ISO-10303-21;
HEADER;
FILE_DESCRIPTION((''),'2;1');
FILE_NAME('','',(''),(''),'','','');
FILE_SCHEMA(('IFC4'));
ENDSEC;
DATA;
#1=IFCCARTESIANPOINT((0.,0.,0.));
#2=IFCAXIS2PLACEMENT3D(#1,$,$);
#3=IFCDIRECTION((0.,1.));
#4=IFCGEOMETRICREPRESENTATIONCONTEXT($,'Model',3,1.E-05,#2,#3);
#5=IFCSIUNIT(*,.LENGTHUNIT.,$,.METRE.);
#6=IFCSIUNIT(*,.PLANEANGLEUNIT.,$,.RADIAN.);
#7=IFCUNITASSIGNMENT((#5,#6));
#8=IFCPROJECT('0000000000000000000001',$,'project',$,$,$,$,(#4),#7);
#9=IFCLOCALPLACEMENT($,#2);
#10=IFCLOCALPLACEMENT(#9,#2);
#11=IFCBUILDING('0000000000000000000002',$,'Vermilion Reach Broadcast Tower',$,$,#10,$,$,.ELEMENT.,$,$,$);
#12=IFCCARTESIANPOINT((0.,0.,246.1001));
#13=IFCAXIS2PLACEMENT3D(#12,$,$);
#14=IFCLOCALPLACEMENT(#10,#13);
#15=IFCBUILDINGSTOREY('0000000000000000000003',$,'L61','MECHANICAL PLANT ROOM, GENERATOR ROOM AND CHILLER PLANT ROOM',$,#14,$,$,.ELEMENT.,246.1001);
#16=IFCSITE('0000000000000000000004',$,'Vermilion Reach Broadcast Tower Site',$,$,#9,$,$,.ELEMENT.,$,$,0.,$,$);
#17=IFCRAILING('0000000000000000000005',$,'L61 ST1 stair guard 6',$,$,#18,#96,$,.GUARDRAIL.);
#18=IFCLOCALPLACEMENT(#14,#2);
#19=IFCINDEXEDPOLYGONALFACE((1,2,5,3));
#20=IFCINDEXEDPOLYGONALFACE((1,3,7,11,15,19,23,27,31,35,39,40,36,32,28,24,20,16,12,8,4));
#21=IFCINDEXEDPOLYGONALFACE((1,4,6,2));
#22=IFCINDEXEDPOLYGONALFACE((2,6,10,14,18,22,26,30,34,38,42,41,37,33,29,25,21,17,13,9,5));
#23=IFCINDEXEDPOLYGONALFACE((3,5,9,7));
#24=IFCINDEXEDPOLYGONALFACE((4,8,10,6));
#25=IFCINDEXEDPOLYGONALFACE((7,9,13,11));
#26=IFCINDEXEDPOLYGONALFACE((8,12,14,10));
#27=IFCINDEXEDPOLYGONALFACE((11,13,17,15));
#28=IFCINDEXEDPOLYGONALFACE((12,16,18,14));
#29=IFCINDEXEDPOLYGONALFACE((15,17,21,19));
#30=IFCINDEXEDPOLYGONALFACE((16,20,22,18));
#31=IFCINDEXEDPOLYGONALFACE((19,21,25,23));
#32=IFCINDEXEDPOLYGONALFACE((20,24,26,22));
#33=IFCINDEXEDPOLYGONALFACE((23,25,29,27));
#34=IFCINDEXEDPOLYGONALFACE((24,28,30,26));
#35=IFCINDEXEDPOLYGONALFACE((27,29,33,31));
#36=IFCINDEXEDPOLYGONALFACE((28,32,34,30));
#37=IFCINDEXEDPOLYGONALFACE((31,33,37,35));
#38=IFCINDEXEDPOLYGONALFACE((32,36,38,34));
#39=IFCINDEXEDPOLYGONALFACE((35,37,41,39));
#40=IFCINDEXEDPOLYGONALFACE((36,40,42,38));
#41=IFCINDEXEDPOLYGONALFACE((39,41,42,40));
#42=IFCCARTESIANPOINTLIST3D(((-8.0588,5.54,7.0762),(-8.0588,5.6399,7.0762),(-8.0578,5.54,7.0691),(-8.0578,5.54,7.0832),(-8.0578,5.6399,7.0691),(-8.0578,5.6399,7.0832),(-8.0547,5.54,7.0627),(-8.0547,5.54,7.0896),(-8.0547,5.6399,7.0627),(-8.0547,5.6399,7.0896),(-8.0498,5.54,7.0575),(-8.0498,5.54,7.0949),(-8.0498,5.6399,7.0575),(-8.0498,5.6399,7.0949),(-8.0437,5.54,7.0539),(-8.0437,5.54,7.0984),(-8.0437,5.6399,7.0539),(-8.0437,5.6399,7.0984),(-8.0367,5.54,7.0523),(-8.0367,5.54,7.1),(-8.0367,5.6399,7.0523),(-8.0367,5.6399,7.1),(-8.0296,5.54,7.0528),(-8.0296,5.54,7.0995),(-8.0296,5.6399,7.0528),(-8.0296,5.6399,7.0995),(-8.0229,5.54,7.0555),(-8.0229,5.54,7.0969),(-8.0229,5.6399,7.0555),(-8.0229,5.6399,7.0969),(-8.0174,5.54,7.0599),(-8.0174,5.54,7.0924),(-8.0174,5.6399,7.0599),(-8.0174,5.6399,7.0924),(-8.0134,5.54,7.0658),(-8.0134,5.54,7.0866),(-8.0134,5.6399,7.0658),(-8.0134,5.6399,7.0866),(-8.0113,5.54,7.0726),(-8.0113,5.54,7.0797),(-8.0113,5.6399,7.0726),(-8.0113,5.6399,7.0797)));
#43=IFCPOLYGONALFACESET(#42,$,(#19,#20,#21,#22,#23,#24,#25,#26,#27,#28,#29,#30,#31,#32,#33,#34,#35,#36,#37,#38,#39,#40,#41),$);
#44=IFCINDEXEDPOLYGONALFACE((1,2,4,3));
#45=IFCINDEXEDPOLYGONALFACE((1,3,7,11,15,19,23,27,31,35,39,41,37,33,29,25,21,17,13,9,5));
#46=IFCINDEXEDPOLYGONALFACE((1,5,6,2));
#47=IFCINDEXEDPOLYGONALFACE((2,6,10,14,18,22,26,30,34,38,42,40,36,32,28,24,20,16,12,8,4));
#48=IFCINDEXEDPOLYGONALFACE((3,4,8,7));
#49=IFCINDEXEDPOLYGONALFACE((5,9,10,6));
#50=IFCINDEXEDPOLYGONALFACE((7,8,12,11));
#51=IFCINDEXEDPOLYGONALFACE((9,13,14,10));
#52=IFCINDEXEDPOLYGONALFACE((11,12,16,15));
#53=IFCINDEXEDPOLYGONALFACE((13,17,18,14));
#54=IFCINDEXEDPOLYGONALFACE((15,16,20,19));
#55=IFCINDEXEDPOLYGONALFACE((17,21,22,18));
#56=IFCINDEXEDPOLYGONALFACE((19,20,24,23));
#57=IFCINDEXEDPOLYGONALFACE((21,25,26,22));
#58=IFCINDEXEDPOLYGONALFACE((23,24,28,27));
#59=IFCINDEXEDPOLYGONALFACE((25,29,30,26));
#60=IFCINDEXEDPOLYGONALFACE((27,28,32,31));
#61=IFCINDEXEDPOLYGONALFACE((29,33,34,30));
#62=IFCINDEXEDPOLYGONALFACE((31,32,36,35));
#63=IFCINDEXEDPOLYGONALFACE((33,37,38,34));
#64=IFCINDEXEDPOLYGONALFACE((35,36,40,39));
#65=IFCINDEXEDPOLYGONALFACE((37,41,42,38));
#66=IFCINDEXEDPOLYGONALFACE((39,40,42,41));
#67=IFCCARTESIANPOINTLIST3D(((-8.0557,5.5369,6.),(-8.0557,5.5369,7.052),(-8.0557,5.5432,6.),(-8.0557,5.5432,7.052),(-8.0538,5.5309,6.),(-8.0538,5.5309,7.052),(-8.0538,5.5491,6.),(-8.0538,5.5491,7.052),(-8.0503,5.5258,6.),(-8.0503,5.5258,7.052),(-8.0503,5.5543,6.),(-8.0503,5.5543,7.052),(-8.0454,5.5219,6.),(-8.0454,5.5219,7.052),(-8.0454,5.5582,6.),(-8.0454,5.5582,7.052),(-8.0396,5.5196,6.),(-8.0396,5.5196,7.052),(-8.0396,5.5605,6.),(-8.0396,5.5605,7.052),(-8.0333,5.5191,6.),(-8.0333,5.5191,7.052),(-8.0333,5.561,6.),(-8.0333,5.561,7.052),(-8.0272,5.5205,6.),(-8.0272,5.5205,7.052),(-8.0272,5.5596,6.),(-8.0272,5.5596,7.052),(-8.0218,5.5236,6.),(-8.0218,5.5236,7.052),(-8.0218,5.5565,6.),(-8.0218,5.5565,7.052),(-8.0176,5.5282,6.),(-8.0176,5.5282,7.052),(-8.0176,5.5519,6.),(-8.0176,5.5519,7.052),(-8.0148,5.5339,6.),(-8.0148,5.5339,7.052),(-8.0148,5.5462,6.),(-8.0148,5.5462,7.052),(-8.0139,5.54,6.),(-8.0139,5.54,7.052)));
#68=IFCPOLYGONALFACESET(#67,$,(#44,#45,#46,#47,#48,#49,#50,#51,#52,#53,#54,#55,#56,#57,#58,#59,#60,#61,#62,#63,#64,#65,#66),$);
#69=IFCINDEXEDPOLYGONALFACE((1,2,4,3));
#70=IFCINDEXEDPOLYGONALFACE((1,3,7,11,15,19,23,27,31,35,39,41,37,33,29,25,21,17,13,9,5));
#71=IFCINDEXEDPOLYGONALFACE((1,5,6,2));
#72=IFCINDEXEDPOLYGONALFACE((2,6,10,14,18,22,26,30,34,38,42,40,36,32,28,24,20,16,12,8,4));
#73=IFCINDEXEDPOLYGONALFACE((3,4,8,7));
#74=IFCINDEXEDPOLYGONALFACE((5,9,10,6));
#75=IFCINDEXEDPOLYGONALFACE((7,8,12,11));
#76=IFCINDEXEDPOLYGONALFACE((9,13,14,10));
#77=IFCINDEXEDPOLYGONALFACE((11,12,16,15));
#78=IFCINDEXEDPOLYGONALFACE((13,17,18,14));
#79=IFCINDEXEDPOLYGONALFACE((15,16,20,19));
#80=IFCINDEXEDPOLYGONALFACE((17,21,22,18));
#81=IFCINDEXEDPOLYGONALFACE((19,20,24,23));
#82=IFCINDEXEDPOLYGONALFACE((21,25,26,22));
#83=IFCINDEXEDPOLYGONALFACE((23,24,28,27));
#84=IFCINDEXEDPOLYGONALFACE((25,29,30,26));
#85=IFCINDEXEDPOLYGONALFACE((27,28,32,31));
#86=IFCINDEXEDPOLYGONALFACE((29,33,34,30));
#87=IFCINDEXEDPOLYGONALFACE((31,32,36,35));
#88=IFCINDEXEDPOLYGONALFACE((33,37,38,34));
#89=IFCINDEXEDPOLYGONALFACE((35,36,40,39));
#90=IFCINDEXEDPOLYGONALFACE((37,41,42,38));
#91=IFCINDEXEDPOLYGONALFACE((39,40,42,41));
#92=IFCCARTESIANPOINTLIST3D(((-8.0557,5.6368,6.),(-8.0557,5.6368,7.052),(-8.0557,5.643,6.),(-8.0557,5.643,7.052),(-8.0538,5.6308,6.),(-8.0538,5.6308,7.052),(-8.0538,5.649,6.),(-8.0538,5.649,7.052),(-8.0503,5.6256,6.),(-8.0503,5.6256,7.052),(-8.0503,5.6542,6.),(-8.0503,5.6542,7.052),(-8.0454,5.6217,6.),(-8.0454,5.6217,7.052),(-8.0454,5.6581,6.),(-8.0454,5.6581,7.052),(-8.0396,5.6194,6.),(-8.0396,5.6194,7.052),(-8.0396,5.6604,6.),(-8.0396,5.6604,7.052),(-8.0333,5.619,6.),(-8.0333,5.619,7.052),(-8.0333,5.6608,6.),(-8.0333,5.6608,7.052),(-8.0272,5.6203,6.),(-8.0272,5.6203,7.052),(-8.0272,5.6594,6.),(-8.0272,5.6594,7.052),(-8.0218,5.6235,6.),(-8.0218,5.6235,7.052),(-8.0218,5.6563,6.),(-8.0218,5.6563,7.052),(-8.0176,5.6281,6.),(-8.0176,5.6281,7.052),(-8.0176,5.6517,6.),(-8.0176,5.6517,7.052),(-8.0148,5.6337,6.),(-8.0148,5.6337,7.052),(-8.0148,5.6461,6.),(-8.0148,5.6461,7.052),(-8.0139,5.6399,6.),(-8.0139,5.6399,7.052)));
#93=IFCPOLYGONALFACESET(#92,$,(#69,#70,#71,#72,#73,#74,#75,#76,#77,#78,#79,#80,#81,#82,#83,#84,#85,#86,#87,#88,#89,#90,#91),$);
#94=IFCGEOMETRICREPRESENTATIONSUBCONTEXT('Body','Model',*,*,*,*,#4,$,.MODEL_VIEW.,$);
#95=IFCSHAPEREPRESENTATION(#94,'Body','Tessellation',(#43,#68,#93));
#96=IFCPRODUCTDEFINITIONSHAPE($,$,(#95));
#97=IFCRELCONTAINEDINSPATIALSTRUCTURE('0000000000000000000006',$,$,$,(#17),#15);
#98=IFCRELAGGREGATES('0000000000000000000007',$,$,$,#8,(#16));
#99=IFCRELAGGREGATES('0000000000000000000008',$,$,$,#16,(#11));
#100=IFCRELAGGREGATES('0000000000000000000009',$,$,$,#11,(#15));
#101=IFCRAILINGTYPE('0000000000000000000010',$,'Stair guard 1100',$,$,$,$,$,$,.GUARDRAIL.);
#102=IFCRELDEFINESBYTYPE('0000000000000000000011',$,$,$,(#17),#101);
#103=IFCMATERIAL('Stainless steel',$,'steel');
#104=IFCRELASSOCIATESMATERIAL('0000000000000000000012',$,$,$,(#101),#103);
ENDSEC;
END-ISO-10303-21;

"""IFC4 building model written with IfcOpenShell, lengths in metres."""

from ifc_helpers import new_model, si_unit, direction, frame, origin, origin_2d, place, context, subcontext, project, spatial, circle, extrude, material, type_object, element, save


model = new_model("IFC4")

# Units and contexts
model_context = context("Model", 3, precision=1e-05, world=origin(), true_north=direction((0.0, 1.0)))
body_context = subcontext(model_context, "Body", "Model", "MODEL_VIEW")
ifc_project = project(units=[si_unit("LENGTHUNIT", "METRE"), si_unit("PLANEANGLEUNIT", "RADIAN")], contexts=[model_context])

# Site, building, storey
site_placement = place(None, origin())
site = spatial("IfcSite", under=ifc_project, at=site_placement, Name="Vermilion Reach Broadcast Tower Site", CompositionType="ELEMENT", RefElevation=0.0)
building_placement = place(site_placement, origin())
building = spatial("IfcBuilding", under=site, at=building_placement, Name="Vermilion Reach Broadcast Tower", CompositionType="ELEMENT")
storey_placement = place(building_placement, frame((0.0, 0.0, 246.1001)))
storey = spatial("IfcBuildingStorey", under=building, at=storey_placement, Name="L61", Description="MECHANICAL PLANT ROOM, GENERATOR ROOM AND CHILLER PLANT ROOM", CompositionType="ELEMENT", Elevation=246.1001)

# Railing
ifc_material_1 = material(Name="Stainless steel", Category="steel")
railing_type_1 = type_object("IfcRailingType", Name="Stair guard 1100", PredefinedType="GUARDRAIL", material=ifc_material_1)
railing_1_placement = place(storey_placement, frame((-8.0349, 5.54, 6.0)))
element("IfcRailing", 1, at=railing_1_placement, inside=storey, type_object=railing_type_1, Name="L61 ST1 stair guard 6", PredefinedType="GUARDRAIL", context=body_context, shape_type="SweptSolid", body=[
    extrude(circle(Radius=0.0239, at=origin_2d()), frame((0.0, 0.0, 1.0762), z_axis=(0.0, 1.0, 0.0), x_axis=(-1.0, 0.0, 0.0)), (0.0, 0.0, 1.0), 0.0999),
    extrude(circle(Radius=0.021, at=origin_2d()), origin(), (0.0, 0.0, 1.0), 1.052),
    extrude(circle(Radius=0.021, at=origin_2d()), frame((0.0, 0.0999, 0.0)), (0.0, 0.0, 1.0), 1.052),
])

save(model, "model.ifc")
